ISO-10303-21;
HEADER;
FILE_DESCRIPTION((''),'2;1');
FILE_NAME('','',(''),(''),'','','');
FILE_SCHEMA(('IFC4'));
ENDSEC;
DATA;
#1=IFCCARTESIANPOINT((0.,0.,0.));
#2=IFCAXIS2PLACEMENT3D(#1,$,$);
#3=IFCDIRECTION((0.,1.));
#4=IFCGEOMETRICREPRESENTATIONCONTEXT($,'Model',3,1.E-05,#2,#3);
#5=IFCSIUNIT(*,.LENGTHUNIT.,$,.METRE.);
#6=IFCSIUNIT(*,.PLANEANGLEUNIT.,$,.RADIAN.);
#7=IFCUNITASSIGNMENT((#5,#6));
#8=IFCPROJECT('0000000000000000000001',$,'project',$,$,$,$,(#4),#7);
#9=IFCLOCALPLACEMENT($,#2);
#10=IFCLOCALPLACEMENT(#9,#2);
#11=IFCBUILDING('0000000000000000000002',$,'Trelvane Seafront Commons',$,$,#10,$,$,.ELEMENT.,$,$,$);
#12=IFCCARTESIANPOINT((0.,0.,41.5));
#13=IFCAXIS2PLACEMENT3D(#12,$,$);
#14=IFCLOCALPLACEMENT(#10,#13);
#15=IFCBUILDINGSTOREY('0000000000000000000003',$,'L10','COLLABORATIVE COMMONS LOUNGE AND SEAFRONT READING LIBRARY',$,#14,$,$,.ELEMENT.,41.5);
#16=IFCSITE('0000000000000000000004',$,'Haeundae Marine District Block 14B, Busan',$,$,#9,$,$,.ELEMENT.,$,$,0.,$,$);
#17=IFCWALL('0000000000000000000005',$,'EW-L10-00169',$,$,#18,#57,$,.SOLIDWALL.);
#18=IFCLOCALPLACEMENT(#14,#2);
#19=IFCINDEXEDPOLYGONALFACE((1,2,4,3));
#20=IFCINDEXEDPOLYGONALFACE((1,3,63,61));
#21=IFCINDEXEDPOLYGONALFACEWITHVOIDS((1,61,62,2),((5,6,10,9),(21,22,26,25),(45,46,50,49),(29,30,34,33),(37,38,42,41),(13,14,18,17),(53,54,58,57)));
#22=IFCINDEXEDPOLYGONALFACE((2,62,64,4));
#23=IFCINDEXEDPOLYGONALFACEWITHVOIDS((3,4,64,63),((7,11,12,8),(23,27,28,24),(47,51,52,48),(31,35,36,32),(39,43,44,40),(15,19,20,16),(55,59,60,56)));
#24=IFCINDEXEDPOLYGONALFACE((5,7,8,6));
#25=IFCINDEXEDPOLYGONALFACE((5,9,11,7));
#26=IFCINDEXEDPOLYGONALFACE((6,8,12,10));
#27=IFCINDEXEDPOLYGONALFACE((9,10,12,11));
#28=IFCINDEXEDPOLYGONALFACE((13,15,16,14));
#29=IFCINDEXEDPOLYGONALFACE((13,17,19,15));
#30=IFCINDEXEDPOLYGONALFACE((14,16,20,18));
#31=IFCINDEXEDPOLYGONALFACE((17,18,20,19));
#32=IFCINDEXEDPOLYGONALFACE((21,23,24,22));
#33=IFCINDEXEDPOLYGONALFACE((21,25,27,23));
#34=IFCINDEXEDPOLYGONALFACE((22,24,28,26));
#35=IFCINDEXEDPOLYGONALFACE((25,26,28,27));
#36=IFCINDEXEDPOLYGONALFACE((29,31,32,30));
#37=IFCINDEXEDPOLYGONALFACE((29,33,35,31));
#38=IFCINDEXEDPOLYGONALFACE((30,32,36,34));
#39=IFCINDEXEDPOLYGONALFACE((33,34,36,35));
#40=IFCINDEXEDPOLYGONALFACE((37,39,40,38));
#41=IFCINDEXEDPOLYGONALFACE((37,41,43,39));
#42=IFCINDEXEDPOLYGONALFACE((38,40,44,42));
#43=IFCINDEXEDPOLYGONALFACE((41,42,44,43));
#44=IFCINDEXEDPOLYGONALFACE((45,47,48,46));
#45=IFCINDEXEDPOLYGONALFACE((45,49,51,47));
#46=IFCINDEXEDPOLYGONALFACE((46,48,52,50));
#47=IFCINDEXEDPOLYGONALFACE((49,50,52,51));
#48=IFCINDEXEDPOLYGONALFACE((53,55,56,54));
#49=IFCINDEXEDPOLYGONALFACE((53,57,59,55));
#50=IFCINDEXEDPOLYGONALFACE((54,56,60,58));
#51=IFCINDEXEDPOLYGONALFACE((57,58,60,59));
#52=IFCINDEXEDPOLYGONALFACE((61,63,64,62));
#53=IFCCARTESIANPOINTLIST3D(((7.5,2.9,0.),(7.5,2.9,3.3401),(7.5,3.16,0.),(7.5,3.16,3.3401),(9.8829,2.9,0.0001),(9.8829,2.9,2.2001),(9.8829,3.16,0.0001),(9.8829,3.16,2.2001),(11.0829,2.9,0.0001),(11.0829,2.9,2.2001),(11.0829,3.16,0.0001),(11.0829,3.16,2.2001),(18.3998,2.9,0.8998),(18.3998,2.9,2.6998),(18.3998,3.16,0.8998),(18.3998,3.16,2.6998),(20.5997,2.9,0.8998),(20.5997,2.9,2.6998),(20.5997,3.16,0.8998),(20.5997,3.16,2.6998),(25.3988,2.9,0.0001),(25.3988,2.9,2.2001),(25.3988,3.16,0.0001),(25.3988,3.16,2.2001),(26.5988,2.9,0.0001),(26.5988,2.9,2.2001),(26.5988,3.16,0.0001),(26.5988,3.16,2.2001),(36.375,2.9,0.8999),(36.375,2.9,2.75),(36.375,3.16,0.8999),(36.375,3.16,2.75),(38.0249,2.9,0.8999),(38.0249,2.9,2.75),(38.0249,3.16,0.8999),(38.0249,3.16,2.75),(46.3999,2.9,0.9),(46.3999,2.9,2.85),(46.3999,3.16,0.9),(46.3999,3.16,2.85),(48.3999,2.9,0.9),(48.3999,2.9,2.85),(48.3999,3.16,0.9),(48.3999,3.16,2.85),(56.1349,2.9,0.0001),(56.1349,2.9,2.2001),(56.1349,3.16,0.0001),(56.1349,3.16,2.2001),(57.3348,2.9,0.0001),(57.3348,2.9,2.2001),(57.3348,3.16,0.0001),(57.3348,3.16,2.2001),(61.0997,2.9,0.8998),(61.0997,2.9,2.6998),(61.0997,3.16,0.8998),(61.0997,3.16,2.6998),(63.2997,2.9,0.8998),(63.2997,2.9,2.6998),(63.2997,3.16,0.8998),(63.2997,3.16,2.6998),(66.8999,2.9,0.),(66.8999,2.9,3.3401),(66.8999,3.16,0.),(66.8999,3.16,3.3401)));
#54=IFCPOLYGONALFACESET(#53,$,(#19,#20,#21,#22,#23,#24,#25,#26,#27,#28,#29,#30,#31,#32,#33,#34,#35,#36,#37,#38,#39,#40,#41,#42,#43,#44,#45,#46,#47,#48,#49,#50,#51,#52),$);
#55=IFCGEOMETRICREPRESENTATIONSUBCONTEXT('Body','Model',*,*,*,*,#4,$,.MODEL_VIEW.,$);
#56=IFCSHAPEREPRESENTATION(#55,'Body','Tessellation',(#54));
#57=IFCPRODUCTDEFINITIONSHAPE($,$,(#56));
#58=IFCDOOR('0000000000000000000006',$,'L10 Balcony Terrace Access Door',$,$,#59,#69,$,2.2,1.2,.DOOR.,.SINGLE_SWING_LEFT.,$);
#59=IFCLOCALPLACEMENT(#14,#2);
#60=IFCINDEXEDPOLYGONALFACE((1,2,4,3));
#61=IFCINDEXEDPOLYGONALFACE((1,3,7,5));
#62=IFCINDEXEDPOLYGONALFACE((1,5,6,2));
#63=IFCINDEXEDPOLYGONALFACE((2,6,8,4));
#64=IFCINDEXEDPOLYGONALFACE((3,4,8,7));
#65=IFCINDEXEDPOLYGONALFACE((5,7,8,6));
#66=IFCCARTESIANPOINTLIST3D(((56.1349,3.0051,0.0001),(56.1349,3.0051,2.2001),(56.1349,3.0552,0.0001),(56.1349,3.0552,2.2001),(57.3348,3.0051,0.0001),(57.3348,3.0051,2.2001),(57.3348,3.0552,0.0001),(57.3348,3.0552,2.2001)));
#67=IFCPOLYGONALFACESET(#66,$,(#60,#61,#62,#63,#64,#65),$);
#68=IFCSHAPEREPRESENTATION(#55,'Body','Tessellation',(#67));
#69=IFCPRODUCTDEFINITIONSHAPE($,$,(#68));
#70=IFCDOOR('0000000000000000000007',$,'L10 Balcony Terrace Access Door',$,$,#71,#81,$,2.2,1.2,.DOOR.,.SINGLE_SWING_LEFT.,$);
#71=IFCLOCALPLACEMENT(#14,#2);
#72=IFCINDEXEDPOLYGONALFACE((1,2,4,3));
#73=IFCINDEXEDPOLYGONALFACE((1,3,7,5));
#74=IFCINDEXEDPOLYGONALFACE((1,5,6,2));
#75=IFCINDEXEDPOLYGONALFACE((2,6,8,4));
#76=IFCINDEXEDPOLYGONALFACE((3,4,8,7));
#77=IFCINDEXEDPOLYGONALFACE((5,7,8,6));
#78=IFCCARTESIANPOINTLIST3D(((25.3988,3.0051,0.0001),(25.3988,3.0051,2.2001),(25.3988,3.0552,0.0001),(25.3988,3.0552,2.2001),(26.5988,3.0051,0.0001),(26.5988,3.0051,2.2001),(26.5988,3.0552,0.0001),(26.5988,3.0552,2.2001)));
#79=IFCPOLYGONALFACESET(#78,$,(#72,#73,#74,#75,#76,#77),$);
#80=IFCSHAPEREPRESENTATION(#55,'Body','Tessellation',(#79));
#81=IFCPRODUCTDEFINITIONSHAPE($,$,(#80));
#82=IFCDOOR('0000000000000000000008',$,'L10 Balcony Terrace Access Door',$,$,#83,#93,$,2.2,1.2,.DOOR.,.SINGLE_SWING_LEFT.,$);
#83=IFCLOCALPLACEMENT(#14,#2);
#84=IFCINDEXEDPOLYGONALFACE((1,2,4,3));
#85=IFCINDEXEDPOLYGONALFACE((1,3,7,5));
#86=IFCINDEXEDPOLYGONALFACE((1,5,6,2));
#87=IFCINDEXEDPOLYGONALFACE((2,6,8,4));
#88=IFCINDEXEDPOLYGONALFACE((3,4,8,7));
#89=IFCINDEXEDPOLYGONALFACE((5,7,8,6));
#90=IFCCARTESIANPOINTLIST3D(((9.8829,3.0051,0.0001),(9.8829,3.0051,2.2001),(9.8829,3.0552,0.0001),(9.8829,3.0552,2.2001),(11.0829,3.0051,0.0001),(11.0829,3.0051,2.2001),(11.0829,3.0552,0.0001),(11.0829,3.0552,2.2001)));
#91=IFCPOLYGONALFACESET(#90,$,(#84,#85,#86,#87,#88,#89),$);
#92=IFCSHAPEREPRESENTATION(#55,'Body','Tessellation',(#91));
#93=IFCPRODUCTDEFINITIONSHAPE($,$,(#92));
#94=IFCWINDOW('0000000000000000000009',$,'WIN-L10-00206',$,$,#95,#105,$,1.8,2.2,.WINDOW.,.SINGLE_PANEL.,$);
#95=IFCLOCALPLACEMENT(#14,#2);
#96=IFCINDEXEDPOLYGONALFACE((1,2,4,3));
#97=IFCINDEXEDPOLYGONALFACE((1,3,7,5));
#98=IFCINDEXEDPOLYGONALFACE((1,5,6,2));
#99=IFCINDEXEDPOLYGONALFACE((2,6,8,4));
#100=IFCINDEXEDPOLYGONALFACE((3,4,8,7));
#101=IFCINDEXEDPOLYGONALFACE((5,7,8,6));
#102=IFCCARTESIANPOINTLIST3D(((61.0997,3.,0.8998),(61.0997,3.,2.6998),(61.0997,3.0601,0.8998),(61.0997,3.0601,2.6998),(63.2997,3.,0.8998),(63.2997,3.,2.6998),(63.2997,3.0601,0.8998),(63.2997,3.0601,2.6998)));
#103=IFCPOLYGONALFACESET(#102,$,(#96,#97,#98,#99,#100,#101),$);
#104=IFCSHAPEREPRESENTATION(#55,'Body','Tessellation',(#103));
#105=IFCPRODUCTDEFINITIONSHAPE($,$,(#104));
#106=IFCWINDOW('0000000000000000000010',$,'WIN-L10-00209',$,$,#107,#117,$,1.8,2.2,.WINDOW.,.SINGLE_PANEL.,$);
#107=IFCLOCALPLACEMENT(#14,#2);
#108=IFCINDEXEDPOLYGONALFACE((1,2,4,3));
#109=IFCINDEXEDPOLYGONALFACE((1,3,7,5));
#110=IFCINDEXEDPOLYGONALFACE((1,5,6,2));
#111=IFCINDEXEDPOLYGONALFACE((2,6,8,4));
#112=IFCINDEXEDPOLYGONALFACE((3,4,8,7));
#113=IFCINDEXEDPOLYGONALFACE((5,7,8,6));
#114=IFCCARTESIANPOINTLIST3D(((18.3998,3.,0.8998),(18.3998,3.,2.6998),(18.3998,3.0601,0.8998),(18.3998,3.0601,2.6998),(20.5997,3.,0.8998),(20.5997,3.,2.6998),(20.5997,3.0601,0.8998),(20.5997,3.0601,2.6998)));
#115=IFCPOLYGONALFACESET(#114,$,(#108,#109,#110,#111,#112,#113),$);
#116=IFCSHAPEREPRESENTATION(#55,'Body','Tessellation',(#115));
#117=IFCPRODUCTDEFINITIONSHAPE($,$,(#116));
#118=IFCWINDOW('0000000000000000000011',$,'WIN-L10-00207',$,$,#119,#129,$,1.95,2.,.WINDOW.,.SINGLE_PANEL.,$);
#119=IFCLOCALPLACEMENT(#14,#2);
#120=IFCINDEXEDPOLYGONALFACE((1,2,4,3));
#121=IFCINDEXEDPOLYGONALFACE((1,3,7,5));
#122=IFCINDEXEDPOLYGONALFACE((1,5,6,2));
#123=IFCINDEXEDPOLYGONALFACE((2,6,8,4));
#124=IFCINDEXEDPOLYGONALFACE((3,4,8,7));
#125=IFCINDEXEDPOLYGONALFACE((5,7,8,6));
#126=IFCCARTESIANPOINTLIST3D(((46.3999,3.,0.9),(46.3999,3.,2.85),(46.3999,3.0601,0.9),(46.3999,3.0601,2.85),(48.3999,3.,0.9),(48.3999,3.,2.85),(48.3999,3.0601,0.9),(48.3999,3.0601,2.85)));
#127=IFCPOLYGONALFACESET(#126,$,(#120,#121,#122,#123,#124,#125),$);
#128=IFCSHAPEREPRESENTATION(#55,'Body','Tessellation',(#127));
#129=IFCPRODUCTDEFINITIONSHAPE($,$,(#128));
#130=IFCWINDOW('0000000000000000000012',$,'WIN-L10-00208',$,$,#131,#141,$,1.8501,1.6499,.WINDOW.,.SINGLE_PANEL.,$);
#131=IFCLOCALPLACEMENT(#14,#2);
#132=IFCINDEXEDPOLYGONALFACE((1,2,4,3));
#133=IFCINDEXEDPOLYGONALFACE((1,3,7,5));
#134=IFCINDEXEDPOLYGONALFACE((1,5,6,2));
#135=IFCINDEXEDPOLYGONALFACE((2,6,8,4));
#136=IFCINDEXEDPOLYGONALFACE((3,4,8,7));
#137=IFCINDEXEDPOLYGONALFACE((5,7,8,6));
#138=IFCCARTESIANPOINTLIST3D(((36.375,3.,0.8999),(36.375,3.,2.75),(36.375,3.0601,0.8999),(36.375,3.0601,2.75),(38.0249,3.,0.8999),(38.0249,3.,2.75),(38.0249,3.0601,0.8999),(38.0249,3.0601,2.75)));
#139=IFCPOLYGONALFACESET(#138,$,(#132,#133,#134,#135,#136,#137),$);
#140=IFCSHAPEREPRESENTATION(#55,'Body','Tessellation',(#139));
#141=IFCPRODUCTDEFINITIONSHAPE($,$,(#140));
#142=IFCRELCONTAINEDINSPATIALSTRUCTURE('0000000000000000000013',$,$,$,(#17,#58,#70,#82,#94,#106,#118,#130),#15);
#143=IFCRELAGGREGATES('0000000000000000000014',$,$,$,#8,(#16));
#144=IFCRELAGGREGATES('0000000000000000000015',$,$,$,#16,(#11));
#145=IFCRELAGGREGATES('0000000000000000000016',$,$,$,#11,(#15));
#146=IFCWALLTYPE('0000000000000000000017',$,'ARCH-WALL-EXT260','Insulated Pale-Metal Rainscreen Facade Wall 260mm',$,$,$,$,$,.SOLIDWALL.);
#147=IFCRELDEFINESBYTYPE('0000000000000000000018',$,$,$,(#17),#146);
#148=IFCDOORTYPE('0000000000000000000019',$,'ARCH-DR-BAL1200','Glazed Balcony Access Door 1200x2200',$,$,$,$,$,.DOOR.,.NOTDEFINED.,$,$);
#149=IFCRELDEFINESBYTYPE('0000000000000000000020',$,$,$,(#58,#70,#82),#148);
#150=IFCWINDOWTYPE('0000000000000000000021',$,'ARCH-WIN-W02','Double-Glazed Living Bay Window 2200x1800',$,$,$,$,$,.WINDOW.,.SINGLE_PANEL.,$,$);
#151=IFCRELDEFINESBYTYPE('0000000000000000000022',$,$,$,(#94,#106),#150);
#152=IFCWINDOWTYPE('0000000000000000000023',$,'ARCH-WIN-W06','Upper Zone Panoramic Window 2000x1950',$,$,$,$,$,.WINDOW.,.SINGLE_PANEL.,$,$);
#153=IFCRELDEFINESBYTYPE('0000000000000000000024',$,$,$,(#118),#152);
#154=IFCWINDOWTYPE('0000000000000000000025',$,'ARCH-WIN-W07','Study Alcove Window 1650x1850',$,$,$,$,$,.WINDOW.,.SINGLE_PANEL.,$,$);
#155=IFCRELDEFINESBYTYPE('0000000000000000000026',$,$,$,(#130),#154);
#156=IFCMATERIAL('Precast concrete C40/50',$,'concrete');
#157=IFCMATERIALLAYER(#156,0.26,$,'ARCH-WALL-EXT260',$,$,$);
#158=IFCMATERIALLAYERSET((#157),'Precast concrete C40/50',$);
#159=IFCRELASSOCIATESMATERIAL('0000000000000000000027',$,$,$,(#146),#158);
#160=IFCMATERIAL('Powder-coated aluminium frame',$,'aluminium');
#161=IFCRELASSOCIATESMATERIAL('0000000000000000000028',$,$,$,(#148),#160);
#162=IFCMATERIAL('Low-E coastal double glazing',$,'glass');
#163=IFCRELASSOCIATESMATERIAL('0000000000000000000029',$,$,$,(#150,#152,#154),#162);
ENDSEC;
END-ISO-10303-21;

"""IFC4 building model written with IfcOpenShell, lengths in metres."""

from ifc_helpers import new_model, si_unit, direction, frame, frame_2d, origin, place, context, subcontext, project, spatial, rectangle, extrude, source, transform, mapped, material, layer, layer_set, type_object, element, fill, save


model = new_model("IFC4")

# Units and contexts
model_context = context("Model", 3, precision=1e-05, world=origin(), true_north=direction((0.0, 1.0)))
body_context = subcontext(model_context, "Body", "Model", "MODEL_VIEW")
ifc_project = project(units=[si_unit("LENGTHUNIT", "METRE"), si_unit("PLANEANGLEUNIT", "RADIAN")], contexts=[model_context])

# Site, building, storey
site_placement = place(None, origin())
site = spatial("IfcSite", under=ifc_project, at=site_placement, Name="Haeundae Marine District Block 14B, Busan", CompositionType="ELEMENT", RefElevation=0.0)
building_placement = place(site_placement, origin())
building = spatial("IfcBuilding", under=site, at=building_placement, Name="Trelvane Seafront Commons", CompositionType="ELEMENT")
storey_placement = place(building_placement, frame((0.0, 0.0, 41.5)))
storey = spatial("IfcBuildingStorey", under=building, at=storey_placement, Name="L10", Description="COLLABORATIVE COMMONS LOUNGE AND SEAFRONT READING LIBRARY", CompositionType="ELEMENT", Elevation=41.5)

# Shared definitions
ifc_material_1 = material(Name="Precast concrete C40/50", Category="concrete")
ifc_layer_1 = layer(ifc_material_1, 0.26, Name="ARCH-WALL-EXT260")
ifc_layer_set_1 = layer_set([ifc_layer_1], Name="Precast concrete C40/50")
wall_type_1 = type_object("IfcWallType", Name="ARCH-WALL-EXT260", Description="Insulated Pale-Metal Rainscreen Facade Wall 260mm", PredefinedType="SOLIDWALL", material=ifc_layer_set_1)

# Wall, openings, doors, windows
wall_1_placement = place(storey_placement, frame((66.8999, 3.03, 0.0), z_axis=(0.0, 0.0, 1.0), x_axis=(-1.0, 0.0, 0.0)))
wall_1 = element("IfcWall", 1, at=wall_1_placement, inside=storey, type_object=wall_type_1, Name="EW-L10-00169", PredefinedType="SOLIDWALL", context=body_context, shape_type="SweptSolid", body=[
    extrude(rectangle(XDim=59.3999, YDim=0.26, at=frame_2d((29.7, 0.0))), origin(), (0.0, 0.0, 1.0), 3.3401),
])
opening_1_placement = place(wall_1_placement, frame((3.6001, 0.0, 0.8999)))
opening_1 = element("IfcOpeningElement", 2, at=opening_1_placement, cuts=wall_1, PredefinedType="OPENING", context=body_context, shape_type="SweptSolid", body=[
    extrude(rectangle(XDim=2.2, YDim=1.8, at=frame_2d((1.1001, 0.8999))), frame((0.0, 0.1399, 0.0), z_axis=(0.0, -1.0, 0.0), x_axis=(1.0, 0.0, 0.0)), (0.0, 0.0, 1.0), 0.28),
])
opening_2_placement = place(wall_1_placement, frame((9.5649, 0.0, 0.0)))
opening_2 = element("IfcOpeningElement", 3, at=opening_2_placement, cuts=wall_1, PredefinedType="OPENING", context=body_context, shape_type="SweptSolid", body=[
    extrude(rectangle(XDim=1.2, YDim=2.2, at=frame_2d((0.6001, 1.1001))), frame((0.0, 0.1399, 0.0), z_axis=(0.0, -1.0, 0.0), x_axis=(1.0, 0.0, 0.0)), (0.0, 0.0, 1.0), 0.28),
])
opening_3_placement = place(wall_1_placement, frame((18.5, 0.0, 0.8999)))
opening_3 = element("IfcOpeningElement", 4, at=opening_3_placement, cuts=wall_1, PredefinedType="OPENING", context=body_context, shape_type="SweptSolid", body=[
    extrude(rectangle(XDim=2.0, YDim=1.95, at=frame_2d((1.0, 0.9751))), frame((0.0, 0.1399, 0.0), z_axis=(0.0, -1.0, 0.0), x_axis=(1.0, 0.0, 0.0)), (0.0, 0.0, 1.0), 0.28),
])
opening_4_placement = place(wall_1_placement, frame((28.875, 0.0, 0.8999)))
opening_4 = element("IfcOpeningElement", 5, at=opening_4_placement, cuts=wall_1, PredefinedType="OPENING", context=body_context, shape_type="SweptSolid", body=[
    extrude(rectangle(XDim=1.6499, YDim=1.8501, at=frame_2d((0.825, 0.925))), frame((0.0, 0.1399, 0.0), z_axis=(0.0, -1.0, 0.0), x_axis=(1.0, 0.0, 0.0)), (0.0, 0.0, 1.0), 0.28),
])
opening_5_placement = place(wall_1_placement, frame((40.301, 0.0, 0.0)))
opening_5 = element("IfcOpeningElement", 6, at=opening_5_placement, cuts=wall_1, PredefinedType="OPENING", context=body_context, shape_type="SweptSolid", body=[
    extrude(rectangle(XDim=1.2, YDim=2.2, at=frame_2d((0.6001, 1.1001))), frame((0.0, 0.1399, 0.0), z_axis=(0.0, -1.0, 0.0), x_axis=(1.0, 0.0, 0.0)), (0.0, 0.0, 1.0), 0.28),
])
opening_6_placement = place(wall_1_placement, frame((46.3, 0.0, 0.8999)))
opening_6 = element("IfcOpeningElement", 7, at=opening_6_placement, cuts=wall_1, PredefinedType="OPENING", context=body_context, shape_type="SweptSolid", body=[
    extrude(rectangle(XDim=2.2, YDim=1.8, at=frame_2d((1.1001, 0.8999))), frame((0.0, 0.1399, 0.0), z_axis=(0.0, -1.0, 0.0), x_axis=(1.0, 0.0, 0.0)), (0.0, 0.0, 1.0), 0.28),
])
opening_7_placement = place(wall_1_placement, frame((55.8169, 0.0, 0.0)))
opening_7 = element("IfcOpeningElement", 8, at=opening_7_placement, cuts=wall_1, PredefinedType="OPENING", context=body_context, shape_type="SweptSolid", body=[
    extrude(rectangle(XDim=1.2, YDim=2.2, at=frame_2d((0.6001, 1.1001))), frame((0.0, 0.1399, 0.0), z_axis=(0.0, -1.0, 0.0), x_axis=(1.0, 0.0, 0.0)), (0.0, 0.0, 1.0), 0.28),
])
ifc_material_2 = material(Name="Powder-coated aluminium frame", Category="aluminium")
door_type_1 = type_object("IfcDoorType", Name="ARCH-DR-BAL1200", Description="Glazed Balcony Access Door 1200x2200", OperationType="NOTDEFINED", PredefinedType="DOOR", material=ifc_material_2)
shared_shape_1 = source(origin(), body_context, "Body", "SweptSolid", [
    extrude(rectangle(XDim=1.2, YDim=2.2, at=frame_2d((0.6001, 1.1001))), frame((0.0, 0.0249, 0.0), z_axis=(0.0, -1.0, 0.0), x_axis=(1.0, 0.0, 0.0)), (0.0, 0.0, 1.0), 0.05),
])
door_1_placement = place(opening_2_placement, origin())
door_1 = element("IfcDoor", 9, at=door_1_placement, inside=storey, type_object=door_type_1, Name="L10 Balcony Terrace Access Door", OperationType="SINGLE_SWING_LEFT", OverallHeight=2.2, OverallWidth=1.2, PredefinedType="DOOR", context=body_context, shape_type="MappedRepresentation", body=[
    mapped(shared_shape_1, transform((0.0, 0.0, 0.0), x_axis=(1.0, 0.0, 0.0), y_axis=(0.0, 1.0, 0.0), z_axis=(0.0, 0.0, 1.0), scale=1.0)),
])
fill(opening_2, door_1)
door_2_placement = place(opening_5_placement, origin())
door_2 = element("IfcDoor", 10, at=door_2_placement, inside=storey, type_object=door_type_1, Name="L10 Balcony Terrace Access Door", OperationType="SINGLE_SWING_LEFT", OverallHeight=2.2, OverallWidth=1.2, PredefinedType="DOOR", context=body_context, shape_type="MappedRepresentation", body=[
    mapped(shared_shape_1, transform((0.0, 0.0, 0.0), x_axis=(1.0, 0.0, 0.0), y_axis=(0.0, 1.0, 0.0), z_axis=(0.0, 0.0, 1.0), scale=1.0)),
])
fill(opening_5, door_2)
door_3_placement = place(opening_7_placement, origin())
door_3 = element("IfcDoor", 11, at=door_3_placement, inside=storey, type_object=door_type_1, Name="L10 Balcony Terrace Access Door", OperationType="SINGLE_SWING_LEFT", OverallHeight=2.2, OverallWidth=1.2, PredefinedType="DOOR", context=body_context, shape_type="MappedRepresentation", body=[
    mapped(shared_shape_1, transform((0.0, 0.0, 0.0), x_axis=(1.0, 0.0, 0.0), y_axis=(0.0, 1.0, 0.0), z_axis=(0.0, 0.0, 1.0), scale=1.0)),
])
fill(opening_7, door_3)
ifc_material_3 = material(Name="Low-E coastal double glazing", Category="glass")
window_type_1 = type_object("IfcWindowType", Name="ARCH-WIN-W02", Description="Double-Glazed Living Bay Window 2200x1800", PartitioningType="SINGLE_PANEL", PredefinedType="WINDOW", material=ifc_material_3)
shared_shape_2 = source(origin(), body_context, "Body", "SweptSolid", [
    extrude(rectangle(XDim=2.2, YDim=1.8, at=frame_2d((1.1001, 0.8999))), frame((0.0, 0.03, 0.0), z_axis=(0.0, -1.0, 0.0), x_axis=(1.0, 0.0, 0.0)), (0.0, 0.0, 1.0), 0.0601),
])
window_1_placement = place(opening_1_placement, origin())
window_1 = element("IfcWindow", 12, at=window_1_placement, inside=storey, type_object=window_type_1, Name="WIN-L10-00206", OverallHeight=1.8, OverallWidth=2.2, PartitioningType="SINGLE_PANEL", PredefinedType="WINDOW", context=body_context, shape_type="MappedRepresentation", body=[
    mapped(shared_shape_2, transform((0.0, 0.0, 0.0), x_axis=(1.0, 0.0, 0.0), y_axis=(0.0, 1.0, 0.0), z_axis=(0.0, 0.0, 1.0), scale=1.0)),
])
fill(opening_1, window_1)
window_2_placement = place(opening_6_placement, origin())
window_2 = element("IfcWindow", 13, at=window_2_placement, inside=storey, type_object=window_type_1, Name="WIN-L10-00209", OverallHeight=1.8, OverallWidth=2.2, PartitioningType="SINGLE_PANEL", PredefinedType="WINDOW", context=body_context, shape_type="MappedRepresentation", body=[
    mapped(shared_shape_2, transform((0.0, 0.0, 0.0), x_axis=(1.0, 0.0, 0.0), y_axis=(0.0, 1.0, 0.0), z_axis=(0.0, 0.0, 1.0), scale=1.0)),
])
fill(opening_6, window_2)
window_type_2 = type_object("IfcWindowType", Name="ARCH-WIN-W06", Description="Upper Zone Panoramic Window 2000x1950", PartitioningType="SINGLE_PANEL", PredefinedType="WINDOW", material=ifc_material_3)
shared_shape_3 = source(origin(), body_context, "Body", "SweptSolid", [
    extrude(rectangle(XDim=2.0, YDim=1.95, at=frame_2d((1.0, 0.9751))), frame((0.0, 0.03, 0.0), z_axis=(0.0, -1.0, 0.0), x_axis=(1.0, 0.0, 0.0)), (0.0, 0.0, 1.0), 0.0601),
])
window_3_placement = place(opening_3_placement, origin())
window_3 = element("IfcWindow", 14, at=window_3_placement, inside=storey, type_object=window_type_2, Name="WIN-L10-00207", OverallHeight=1.95, OverallWidth=2.0, PartitioningType="SINGLE_PANEL", PredefinedType="WINDOW", context=body_context, shape_type="MappedRepresentation", body=[
    mapped(shared_shape_3, transform((0.0, 0.0, 0.0), x_axis=(1.0, 0.0, 0.0), y_axis=(0.0, 1.0, 0.0), z_axis=(0.0, 0.0, 1.0), scale=1.0)),
])
fill(opening_3, window_3)
window_type_3 = type_object("IfcWindowType", Name="ARCH-WIN-W07", Description="Study Alcove Window 1650x1850", PartitioningType="SINGLE_PANEL", PredefinedType="WINDOW", material=ifc_material_3)
shared_shape_4 = source(origin(), body_context, "Body", "SweptSolid", [
    extrude(rectangle(XDim=1.6499, YDim=1.8501, at=frame_2d((0.825, 0.925))), frame((0.0, 0.03, 0.0), z_axis=(0.0, -1.0, 0.0), x_axis=(1.0, 0.0, 0.0)), (0.0, 0.0, 1.0), 0.0601),
])
window_4_placement = place(opening_4_placement, origin())
window_4 = element("IfcWindow", 15, at=window_4_placement, inside=storey, type_object=window_type_3, Name="WIN-L10-00208", OverallHeight=1.8501, OverallWidth=1.6499, PartitioningType="SINGLE_PANEL", PredefinedType="WINDOW", context=body_context, shape_type="MappedRepresentation", body=[
    mapped(shared_shape_4, transform((0.0, 0.0, 0.0), x_axis=(1.0, 0.0, 0.0), y_axis=(0.0, 1.0, 0.0), z_axis=(0.0, 0.0, 1.0), scale=1.0)),
])
fill(opening_4, window_4)

save(model, "model.ifc")
